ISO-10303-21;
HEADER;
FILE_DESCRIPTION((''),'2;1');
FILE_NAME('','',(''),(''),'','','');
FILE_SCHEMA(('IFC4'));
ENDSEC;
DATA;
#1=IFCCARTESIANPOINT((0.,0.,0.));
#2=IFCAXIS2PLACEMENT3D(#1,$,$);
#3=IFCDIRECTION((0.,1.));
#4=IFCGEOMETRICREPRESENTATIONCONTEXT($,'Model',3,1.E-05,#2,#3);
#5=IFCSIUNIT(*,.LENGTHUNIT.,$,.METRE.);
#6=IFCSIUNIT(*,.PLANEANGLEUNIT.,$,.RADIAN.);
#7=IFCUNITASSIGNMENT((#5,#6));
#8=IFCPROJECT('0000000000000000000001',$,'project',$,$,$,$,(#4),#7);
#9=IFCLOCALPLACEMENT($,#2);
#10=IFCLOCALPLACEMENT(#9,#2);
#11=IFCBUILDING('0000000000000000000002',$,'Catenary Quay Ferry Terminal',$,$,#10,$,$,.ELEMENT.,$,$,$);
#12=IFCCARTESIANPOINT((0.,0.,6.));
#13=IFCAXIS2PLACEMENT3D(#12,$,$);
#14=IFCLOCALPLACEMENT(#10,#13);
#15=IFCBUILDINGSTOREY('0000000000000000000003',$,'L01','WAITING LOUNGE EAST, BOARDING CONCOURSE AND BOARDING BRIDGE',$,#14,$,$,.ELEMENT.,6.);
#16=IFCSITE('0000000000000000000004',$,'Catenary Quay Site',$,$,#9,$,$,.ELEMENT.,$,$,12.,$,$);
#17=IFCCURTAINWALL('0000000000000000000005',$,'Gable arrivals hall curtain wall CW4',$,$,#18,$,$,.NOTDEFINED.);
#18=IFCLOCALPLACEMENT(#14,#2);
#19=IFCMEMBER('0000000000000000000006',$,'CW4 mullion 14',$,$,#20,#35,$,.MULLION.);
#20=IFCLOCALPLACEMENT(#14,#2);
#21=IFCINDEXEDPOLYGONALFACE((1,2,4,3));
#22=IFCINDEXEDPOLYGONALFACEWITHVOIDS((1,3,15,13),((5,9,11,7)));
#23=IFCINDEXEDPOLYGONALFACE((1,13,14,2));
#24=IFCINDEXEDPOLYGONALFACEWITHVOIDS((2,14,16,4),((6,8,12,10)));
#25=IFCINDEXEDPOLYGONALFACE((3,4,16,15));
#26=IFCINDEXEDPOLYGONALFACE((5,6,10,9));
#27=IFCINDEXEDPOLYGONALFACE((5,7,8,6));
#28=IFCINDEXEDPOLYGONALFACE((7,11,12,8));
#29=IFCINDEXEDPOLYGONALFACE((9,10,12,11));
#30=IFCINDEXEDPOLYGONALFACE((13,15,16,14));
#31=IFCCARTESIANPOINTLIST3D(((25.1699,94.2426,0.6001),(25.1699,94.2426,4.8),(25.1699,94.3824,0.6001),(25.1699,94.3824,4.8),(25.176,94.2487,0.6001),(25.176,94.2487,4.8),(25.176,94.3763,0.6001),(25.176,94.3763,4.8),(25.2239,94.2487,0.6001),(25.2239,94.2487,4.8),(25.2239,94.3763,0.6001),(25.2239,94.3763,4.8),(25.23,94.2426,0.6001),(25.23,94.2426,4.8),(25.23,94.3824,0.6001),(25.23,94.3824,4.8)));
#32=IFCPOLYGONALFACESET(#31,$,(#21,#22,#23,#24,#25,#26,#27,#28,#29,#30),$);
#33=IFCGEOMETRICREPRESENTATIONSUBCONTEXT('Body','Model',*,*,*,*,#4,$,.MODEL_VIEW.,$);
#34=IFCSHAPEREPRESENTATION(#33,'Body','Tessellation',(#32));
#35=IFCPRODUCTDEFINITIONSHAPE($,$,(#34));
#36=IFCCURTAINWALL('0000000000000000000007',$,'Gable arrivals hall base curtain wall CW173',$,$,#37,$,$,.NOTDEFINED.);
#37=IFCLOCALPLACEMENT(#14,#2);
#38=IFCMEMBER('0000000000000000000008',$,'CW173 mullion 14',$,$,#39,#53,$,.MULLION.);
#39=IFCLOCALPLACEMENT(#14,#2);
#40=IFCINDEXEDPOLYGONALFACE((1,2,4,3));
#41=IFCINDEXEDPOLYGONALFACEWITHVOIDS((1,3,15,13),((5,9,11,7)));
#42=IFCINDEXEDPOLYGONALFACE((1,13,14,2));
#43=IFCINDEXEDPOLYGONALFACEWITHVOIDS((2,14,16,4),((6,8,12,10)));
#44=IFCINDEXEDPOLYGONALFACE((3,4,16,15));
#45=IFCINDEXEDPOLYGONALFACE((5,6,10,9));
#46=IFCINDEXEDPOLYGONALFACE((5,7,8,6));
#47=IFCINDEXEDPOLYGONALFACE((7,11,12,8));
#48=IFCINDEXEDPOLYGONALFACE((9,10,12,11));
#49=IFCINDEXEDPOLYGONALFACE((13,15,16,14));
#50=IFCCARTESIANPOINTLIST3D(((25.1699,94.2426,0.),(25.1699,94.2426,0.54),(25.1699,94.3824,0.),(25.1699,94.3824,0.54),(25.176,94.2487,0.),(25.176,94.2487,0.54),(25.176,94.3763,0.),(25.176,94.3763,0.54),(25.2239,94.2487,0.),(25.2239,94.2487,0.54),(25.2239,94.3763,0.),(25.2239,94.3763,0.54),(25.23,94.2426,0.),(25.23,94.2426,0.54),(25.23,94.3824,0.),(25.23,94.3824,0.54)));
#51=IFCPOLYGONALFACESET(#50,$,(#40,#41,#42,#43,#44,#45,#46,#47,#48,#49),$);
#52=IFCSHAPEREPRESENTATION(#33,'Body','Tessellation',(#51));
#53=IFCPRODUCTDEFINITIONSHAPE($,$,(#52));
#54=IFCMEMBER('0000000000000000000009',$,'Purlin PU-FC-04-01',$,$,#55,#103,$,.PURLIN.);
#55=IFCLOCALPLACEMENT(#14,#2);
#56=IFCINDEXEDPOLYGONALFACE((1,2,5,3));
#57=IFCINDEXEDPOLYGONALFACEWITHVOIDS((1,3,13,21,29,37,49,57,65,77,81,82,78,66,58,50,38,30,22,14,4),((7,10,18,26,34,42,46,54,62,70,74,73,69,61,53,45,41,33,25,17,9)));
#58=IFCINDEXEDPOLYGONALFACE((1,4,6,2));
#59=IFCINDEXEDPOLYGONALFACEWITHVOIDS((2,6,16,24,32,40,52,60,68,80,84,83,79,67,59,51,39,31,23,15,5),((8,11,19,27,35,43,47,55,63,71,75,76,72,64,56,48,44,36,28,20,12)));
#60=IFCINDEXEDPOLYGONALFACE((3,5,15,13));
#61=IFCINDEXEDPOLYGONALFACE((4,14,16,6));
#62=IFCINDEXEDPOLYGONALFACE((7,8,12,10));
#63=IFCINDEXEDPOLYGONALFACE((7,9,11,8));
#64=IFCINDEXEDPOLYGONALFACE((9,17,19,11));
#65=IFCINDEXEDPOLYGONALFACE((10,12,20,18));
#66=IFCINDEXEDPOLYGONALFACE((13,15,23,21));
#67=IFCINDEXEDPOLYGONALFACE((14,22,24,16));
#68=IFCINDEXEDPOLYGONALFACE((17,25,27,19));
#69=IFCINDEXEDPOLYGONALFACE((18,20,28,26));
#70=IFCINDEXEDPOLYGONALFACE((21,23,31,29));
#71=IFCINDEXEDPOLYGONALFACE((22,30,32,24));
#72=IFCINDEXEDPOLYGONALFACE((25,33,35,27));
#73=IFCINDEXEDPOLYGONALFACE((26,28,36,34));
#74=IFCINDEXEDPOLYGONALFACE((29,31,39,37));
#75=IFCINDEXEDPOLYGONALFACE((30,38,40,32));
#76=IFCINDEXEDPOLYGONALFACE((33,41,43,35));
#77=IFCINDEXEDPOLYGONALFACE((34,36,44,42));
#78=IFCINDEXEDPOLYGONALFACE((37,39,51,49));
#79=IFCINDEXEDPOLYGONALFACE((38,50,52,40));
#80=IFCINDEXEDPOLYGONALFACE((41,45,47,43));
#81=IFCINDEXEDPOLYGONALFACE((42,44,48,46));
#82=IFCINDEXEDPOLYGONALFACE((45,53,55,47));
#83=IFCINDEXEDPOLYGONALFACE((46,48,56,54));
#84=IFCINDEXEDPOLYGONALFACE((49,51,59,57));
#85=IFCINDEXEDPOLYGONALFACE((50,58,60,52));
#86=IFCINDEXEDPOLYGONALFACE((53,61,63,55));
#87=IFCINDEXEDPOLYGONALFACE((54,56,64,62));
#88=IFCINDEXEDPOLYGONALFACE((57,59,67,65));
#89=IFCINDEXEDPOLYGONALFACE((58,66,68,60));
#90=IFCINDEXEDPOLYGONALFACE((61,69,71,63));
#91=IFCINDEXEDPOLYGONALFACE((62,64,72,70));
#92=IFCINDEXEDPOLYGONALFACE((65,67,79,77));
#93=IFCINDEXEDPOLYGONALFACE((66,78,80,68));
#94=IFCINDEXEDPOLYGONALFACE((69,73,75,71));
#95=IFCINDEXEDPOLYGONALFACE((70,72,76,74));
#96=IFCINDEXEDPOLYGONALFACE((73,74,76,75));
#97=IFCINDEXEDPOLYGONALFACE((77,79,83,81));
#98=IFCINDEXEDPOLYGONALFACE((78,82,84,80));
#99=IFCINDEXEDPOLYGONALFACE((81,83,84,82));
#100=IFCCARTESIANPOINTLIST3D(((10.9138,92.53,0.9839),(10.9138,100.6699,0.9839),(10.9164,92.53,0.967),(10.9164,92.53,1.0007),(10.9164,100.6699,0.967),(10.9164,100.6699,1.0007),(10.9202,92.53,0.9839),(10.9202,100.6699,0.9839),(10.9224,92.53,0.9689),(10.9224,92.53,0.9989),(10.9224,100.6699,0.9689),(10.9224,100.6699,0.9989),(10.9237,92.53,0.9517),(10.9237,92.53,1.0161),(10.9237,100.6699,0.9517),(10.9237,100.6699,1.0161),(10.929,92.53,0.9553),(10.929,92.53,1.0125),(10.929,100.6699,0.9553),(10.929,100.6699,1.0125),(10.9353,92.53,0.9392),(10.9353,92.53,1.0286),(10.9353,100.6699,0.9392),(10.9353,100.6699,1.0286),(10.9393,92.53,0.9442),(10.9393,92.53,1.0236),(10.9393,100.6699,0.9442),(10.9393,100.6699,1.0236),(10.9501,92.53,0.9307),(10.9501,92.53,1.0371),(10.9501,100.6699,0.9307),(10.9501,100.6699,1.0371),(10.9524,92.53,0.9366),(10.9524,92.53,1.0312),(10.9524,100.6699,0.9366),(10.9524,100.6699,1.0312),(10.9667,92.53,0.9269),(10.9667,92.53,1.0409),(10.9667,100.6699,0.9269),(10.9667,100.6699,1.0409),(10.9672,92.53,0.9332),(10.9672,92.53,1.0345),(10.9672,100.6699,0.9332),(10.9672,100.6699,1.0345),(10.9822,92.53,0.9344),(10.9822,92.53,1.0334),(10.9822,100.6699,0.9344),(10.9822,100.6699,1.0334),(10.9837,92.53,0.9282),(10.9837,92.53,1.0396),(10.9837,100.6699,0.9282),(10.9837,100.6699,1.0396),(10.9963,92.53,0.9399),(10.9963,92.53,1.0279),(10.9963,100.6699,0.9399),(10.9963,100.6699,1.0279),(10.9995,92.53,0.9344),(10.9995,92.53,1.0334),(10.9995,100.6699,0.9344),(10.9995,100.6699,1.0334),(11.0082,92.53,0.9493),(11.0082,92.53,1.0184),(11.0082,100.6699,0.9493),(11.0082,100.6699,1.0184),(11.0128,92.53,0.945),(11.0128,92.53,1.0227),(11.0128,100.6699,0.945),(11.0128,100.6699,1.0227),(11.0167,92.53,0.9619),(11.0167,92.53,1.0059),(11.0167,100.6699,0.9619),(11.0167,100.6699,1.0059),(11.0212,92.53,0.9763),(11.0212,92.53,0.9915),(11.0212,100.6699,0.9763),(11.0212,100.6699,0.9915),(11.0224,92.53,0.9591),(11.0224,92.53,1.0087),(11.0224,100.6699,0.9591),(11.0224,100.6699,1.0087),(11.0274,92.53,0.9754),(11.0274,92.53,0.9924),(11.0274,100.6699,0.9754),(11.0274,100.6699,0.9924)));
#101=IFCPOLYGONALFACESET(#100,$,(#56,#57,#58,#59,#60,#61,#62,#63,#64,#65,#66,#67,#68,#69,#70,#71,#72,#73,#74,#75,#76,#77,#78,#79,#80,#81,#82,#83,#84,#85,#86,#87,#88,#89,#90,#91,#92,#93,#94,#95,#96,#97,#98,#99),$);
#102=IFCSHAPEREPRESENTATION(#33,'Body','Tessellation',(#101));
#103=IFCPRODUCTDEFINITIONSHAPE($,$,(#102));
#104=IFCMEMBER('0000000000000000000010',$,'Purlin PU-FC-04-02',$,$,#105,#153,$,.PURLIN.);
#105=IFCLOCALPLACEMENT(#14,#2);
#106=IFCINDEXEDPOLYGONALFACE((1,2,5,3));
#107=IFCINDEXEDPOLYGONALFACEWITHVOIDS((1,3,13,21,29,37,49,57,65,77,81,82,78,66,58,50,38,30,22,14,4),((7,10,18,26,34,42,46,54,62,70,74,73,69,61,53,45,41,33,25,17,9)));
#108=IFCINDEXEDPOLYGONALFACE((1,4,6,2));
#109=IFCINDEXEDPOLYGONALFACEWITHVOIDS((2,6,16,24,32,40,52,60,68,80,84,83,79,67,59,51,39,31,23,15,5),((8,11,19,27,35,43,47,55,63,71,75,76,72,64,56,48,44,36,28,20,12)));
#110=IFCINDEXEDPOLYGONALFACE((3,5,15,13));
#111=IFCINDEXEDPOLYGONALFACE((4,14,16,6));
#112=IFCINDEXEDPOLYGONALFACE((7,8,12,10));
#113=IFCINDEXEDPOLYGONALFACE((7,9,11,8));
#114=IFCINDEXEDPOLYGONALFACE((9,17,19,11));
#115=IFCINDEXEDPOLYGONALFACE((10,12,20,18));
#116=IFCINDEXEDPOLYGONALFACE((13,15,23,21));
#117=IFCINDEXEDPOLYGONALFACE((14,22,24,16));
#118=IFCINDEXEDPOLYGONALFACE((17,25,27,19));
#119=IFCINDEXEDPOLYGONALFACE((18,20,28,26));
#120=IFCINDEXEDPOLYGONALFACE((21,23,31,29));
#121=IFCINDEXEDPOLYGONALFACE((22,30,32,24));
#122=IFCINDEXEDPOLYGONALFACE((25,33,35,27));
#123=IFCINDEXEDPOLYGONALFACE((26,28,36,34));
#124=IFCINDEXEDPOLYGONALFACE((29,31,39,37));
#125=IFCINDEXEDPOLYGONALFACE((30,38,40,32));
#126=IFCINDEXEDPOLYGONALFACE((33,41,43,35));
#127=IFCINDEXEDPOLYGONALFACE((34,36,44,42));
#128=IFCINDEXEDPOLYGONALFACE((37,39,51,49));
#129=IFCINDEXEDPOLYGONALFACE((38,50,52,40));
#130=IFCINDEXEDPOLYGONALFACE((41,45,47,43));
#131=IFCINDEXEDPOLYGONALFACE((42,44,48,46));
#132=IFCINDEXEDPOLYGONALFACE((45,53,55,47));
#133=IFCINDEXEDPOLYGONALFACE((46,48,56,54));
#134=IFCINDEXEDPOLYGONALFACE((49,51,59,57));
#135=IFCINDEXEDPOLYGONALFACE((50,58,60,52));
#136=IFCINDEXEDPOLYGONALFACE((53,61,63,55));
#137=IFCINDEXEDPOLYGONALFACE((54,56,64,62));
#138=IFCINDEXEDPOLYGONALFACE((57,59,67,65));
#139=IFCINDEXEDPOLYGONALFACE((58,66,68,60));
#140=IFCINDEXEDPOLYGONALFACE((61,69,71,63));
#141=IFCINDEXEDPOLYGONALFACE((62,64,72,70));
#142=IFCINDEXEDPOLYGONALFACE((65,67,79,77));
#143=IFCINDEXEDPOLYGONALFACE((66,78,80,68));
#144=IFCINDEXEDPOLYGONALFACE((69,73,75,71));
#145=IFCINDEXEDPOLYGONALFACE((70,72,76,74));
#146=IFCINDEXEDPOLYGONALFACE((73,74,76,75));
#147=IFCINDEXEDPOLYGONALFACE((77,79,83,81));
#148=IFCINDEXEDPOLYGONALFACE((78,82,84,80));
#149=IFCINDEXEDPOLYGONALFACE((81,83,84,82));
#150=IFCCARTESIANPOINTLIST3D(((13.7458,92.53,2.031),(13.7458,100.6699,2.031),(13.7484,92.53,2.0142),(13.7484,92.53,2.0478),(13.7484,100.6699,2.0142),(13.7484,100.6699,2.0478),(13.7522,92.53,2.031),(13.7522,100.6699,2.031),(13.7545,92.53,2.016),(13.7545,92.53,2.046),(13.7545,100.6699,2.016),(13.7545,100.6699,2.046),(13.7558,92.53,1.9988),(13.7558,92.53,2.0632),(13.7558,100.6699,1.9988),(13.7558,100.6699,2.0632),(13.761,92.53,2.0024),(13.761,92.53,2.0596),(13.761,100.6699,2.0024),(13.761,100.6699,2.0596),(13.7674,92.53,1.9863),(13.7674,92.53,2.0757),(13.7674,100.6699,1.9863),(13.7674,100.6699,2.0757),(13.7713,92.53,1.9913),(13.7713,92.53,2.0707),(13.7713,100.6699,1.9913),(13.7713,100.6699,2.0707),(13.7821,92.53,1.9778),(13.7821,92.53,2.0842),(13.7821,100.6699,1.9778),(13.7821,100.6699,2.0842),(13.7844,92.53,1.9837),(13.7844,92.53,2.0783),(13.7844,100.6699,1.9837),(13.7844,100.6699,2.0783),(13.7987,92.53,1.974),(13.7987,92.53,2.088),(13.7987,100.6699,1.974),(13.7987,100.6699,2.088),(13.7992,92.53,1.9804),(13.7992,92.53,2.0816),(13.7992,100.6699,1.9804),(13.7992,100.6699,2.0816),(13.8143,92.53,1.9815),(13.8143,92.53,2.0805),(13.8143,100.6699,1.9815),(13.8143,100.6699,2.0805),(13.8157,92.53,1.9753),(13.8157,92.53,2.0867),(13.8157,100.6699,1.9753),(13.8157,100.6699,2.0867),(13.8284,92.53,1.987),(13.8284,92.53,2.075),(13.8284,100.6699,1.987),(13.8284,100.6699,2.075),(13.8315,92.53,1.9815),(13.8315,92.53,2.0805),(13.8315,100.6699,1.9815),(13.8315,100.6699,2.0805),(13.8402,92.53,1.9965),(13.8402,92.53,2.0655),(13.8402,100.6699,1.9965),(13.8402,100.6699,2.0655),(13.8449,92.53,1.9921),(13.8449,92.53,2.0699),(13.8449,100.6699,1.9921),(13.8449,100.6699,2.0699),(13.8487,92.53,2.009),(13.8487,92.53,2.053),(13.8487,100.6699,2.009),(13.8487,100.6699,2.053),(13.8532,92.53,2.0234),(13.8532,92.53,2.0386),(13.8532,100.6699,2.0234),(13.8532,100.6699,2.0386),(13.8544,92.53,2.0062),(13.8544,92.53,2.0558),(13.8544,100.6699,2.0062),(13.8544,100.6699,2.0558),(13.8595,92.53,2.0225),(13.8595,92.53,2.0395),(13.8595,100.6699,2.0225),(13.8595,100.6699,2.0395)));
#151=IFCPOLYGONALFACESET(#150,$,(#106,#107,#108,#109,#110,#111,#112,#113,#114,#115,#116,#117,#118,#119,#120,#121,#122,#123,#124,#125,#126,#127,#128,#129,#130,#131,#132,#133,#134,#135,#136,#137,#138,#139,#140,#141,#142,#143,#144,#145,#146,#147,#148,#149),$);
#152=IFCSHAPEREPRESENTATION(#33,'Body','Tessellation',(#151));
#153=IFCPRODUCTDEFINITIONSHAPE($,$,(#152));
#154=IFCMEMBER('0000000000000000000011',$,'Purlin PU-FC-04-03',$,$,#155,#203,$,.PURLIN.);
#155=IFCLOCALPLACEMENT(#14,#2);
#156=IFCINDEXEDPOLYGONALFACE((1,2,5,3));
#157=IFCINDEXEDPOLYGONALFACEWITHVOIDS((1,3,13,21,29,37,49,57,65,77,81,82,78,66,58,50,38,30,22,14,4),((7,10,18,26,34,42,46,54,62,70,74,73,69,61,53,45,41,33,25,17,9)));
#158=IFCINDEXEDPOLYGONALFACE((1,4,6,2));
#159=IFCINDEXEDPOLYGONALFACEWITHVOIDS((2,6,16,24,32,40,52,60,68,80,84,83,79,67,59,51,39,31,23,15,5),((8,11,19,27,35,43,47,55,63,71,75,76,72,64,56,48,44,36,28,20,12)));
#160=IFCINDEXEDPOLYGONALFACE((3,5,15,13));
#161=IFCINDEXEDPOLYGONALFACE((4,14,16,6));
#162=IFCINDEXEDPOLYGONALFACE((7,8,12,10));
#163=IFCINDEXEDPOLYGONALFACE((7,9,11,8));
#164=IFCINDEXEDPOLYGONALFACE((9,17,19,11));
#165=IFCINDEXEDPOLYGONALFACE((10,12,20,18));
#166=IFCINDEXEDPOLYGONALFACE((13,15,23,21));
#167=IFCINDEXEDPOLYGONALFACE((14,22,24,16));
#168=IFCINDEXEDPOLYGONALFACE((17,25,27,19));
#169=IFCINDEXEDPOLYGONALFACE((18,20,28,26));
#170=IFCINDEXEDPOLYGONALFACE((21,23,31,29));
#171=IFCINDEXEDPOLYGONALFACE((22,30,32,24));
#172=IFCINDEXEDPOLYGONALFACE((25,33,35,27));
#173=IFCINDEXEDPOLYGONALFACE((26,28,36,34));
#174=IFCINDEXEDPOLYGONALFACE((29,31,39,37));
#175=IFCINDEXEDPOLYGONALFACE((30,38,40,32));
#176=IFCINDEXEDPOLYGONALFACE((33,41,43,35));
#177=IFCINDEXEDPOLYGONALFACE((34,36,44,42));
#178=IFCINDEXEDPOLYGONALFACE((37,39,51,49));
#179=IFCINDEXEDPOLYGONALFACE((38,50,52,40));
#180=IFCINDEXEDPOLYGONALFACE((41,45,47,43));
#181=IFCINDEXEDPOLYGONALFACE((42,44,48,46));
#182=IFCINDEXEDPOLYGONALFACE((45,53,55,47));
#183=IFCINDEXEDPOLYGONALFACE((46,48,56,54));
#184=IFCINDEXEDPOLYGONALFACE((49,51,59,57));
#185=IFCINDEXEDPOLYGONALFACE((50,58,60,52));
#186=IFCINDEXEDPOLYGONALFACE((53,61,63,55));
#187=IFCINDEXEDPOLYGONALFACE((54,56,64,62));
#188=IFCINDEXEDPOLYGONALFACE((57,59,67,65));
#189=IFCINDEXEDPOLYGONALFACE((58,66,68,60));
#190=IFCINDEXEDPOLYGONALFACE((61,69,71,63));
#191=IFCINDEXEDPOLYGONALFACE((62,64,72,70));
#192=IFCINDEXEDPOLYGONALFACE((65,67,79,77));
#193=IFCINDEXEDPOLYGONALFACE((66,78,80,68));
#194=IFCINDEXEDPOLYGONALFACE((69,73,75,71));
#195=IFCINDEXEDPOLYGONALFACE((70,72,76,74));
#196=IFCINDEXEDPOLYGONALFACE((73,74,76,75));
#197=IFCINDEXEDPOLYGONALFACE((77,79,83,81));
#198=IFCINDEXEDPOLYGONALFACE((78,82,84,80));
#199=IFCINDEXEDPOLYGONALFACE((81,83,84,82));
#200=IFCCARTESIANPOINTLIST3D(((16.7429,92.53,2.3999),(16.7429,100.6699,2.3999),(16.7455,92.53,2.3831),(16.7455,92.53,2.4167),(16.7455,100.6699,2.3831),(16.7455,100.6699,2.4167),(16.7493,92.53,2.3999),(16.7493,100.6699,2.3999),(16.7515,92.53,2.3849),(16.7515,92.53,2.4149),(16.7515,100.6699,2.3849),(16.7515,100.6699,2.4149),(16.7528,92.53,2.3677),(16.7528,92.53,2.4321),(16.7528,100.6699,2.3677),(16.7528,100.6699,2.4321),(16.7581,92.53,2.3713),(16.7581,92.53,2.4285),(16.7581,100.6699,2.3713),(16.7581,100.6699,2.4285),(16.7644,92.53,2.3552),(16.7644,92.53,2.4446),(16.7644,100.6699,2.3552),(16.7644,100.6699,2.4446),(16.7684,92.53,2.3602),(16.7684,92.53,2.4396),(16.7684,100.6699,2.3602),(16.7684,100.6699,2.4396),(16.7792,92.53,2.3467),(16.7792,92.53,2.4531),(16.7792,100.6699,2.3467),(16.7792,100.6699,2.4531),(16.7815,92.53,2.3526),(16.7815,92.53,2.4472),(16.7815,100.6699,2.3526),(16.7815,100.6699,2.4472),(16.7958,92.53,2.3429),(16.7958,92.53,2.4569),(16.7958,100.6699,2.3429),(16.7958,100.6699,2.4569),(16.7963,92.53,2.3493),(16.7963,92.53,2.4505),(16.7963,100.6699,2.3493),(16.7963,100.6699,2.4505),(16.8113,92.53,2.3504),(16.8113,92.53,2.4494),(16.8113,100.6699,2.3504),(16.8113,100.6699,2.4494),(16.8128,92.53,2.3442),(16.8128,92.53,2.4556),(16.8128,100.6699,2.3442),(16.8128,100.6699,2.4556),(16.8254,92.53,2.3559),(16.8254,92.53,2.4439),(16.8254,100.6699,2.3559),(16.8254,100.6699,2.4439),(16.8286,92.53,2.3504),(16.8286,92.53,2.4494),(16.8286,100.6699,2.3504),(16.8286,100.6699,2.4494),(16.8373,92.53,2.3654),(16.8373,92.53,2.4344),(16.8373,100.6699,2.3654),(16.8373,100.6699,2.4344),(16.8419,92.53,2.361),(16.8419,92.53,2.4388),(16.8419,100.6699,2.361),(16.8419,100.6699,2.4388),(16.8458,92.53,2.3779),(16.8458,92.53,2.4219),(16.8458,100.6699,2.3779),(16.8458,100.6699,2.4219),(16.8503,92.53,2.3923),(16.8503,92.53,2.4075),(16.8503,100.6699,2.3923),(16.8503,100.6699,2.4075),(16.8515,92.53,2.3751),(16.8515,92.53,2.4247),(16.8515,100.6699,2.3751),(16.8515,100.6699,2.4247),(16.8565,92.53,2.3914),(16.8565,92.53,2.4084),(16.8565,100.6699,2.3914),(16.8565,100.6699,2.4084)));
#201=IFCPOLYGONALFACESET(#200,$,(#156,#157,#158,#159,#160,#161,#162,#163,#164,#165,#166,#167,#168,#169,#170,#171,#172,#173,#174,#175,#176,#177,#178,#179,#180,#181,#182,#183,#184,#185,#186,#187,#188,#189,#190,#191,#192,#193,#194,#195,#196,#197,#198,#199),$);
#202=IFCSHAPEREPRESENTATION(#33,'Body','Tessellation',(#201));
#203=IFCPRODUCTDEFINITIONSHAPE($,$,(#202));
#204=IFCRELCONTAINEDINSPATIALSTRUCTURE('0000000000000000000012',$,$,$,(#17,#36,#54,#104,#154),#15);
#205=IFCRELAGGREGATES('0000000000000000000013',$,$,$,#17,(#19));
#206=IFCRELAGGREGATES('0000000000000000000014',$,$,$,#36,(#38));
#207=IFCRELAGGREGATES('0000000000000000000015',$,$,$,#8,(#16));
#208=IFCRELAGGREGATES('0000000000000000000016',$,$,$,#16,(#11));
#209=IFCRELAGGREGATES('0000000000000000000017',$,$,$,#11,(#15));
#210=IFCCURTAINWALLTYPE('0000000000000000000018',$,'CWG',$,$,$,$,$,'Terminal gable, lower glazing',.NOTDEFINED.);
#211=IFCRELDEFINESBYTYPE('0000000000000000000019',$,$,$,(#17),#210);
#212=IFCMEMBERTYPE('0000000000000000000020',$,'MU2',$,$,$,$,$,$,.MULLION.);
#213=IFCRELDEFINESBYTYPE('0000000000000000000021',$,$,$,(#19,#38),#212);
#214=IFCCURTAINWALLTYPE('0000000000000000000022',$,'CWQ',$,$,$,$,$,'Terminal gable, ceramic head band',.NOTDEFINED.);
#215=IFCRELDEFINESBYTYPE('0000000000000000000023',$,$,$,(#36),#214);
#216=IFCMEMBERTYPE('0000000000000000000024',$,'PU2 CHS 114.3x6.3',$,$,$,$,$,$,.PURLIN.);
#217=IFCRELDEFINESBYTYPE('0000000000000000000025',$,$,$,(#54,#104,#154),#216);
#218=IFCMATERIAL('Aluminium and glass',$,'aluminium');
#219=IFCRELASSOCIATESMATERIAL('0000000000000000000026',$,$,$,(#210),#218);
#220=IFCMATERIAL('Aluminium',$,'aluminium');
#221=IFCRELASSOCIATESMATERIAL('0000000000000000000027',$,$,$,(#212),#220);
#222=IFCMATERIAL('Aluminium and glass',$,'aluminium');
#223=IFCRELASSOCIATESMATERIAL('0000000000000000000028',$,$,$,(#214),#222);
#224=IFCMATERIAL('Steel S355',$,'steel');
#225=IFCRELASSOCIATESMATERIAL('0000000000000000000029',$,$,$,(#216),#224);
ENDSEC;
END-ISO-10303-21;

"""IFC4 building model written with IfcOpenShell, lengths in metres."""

from ifc_helpers import new_model, si_unit, direction, frame, origin, origin_2d, place, context, subcontext, project, spatial, hollow_rectangle, hollow_circle, extrude, material, material_profile, profile_set, type_object, element, aggregate, save


model = new_model("IFC4")

# Units and contexts
model_context = context("Model", 3, precision=1e-05, world=origin(), true_north=direction((0.0, 1.0)))
body_context = subcontext(model_context, "Body", "Model", "MODEL_VIEW")
ifc_project = project(units=[si_unit("LENGTHUNIT", "METRE"), si_unit("PLANEANGLEUNIT", "RADIAN")], contexts=[model_context])

# Site, building, storey
site_placement = place(None, origin())
site = spatial("IfcSite", under=ifc_project, at=site_placement, Name="Catenary Quay Site", CompositionType="ELEMENT", RefElevation=12.0)
building_placement = place(site_placement, origin())
building = spatial("IfcBuilding", under=site, at=building_placement, Name="Catenary Quay Ferry Terminal", CompositionType="ELEMENT")
storey_placement = place(building_placement, frame((0.0, 0.0, 6.0)))
storey = spatial("IfcBuildingStorey", under=building, at=storey_placement, Name="L01", Description="WAITING LOUNGE EAST, BOARDING CONCOURSE AND BOARDING BRIDGE", CompositionType="ELEMENT", Elevation=6.0)

# Curtain walls, members
ifc_material_1 = material(Name="Aluminium and glass", Category="aluminium")
curtain_wall_type_1 = type_object("IfcCurtainWallType", Name="CWG", ElementType="Terminal gable, lower glazing", PredefinedType="NOTDEFINED", material=ifc_material_1)
curtain_wall_1_placement = place(storey_placement, origin())
curtain_wall_1 = element("IfcCurtainWall", 1, at=curtain_wall_1_placement, inside=storey, type_object=curtain_wall_type_1, Name="Gable arrivals hall curtain wall CW4", PredefinedType="NOTDEFINED")
ifc_material_2 = material(Name="Aluminium", Category="aluminium")
ifc_material_profile_1 = material_profile(ifc_material_2, hollow_rectangle(XDim=0.0601, YDim=0.1399, WallThickness=0.0061, at=origin_2d()), Name="MU2")
ifc_profile_set_1 = profile_set([ifc_material_profile_1], Name="Aluminium")
member_type_1 = type_object("IfcMemberType", Name="MU2", PredefinedType="MULLION", material=ifc_profile_set_1)
member_1_placement = place(storey_placement, frame((25.2, 94.3125, 0.6001), z_axis=(0.0, 0.0, 1.0), x_axis=(-1.0, 0.0, 0.0)))
member_1 = element("IfcMember", 2, at=member_1_placement, type_object=member_type_1, Name="CW4 mullion 14", PredefinedType="MULLION", context=body_context, shape_type="SweptSolid", body=[
    extrude(hollow_rectangle(XDim=0.0601, YDim=0.1399, WallThickness=0.0061, at=origin_2d()), origin(), (0.0, 0.0, 1.0), 4.2),
])
ifc_material_3 = material(Name="Aluminium and glass", Category="aluminium")
curtain_wall_type_2 = type_object("IfcCurtainWallType", Name="CWQ", ElementType="Terminal gable, ceramic head band", PredefinedType="NOTDEFINED", material=ifc_material_3)
curtain_wall_2_placement = place(storey_placement, origin())
curtain_wall_2 = element("IfcCurtainWall", 3, at=curtain_wall_2_placement, inside=storey, type_object=curtain_wall_type_2, Name="Gable arrivals hall base curtain wall CW173", PredefinedType="NOTDEFINED")
member_2_placement = place(storey_placement, frame((25.2, 94.3125, 0.0), z_axis=(0.0, 0.0, 1.0), x_axis=(-1.0, 0.0, 0.0)))
member_2 = element("IfcMember", 4, at=member_2_placement, type_object=member_type_1, Name="CW173 mullion 14", PredefinedType="MULLION", context=body_context, shape_type="SweptSolid", body=[
    extrude(hollow_rectangle(XDim=0.0601, YDim=0.1399, WallThickness=0.0061, at=origin_2d()), origin(), (0.0, 0.0, 1.0), 0.54),
])

# Members
ifc_material_4 = material(Name="Steel S355", Category="steel")
ifc_material_profile_2 = material_profile(ifc_material_4, hollow_circle(Radius=0.0571, WallThickness=0.0063, at=origin_2d()), Name="CHS 114.3x6.3")
ifc_profile_set_2 = profile_set([ifc_material_profile_2], Name="Steel S355")
member_type_2 = type_object("IfcMemberType", Name="PU2 CHS 114.3x6.3", PredefinedType="PURLIN", material=ifc_profile_set_2)
for number, where, z_axis, x_axis, name in (
    (5, (10.9709, 92.53, 0.9839), (0.0, 1.0, 0.0), (-1.0, 0.0, 0.0), "Purlin PU-FC-04-01"),
    (6, (13.803, 92.53, 2.031), (0.0, 1.0, 0.0), (-1.0, 0.0, 0.0), "Purlin PU-FC-04-02"),
    (7, (16.8, 92.53, 2.3999), (0.0, 1.0, 0.0), (-1.0, 0.0, 0.0), "Purlin PU-FC-04-03"),
):
    element("IfcMember", number, at=place(storey_placement, frame(where, z_axis=z_axis, x_axis=x_axis)), inside=storey, type_object=member_type_2, Name=name, PredefinedType="PURLIN", context=body_context, shape_type="SweptSolid", body=[
        extrude(hollow_circle(Radius=0.0571, WallThickness=0.0063, at=origin_2d()), origin(), (0.0, 0.0, 1.0), 8.1399),
    ])

aggregate(curtain_wall_1, [member_1])
aggregate(curtain_wall_2, [member_2])

save(model, "model.ifc")
